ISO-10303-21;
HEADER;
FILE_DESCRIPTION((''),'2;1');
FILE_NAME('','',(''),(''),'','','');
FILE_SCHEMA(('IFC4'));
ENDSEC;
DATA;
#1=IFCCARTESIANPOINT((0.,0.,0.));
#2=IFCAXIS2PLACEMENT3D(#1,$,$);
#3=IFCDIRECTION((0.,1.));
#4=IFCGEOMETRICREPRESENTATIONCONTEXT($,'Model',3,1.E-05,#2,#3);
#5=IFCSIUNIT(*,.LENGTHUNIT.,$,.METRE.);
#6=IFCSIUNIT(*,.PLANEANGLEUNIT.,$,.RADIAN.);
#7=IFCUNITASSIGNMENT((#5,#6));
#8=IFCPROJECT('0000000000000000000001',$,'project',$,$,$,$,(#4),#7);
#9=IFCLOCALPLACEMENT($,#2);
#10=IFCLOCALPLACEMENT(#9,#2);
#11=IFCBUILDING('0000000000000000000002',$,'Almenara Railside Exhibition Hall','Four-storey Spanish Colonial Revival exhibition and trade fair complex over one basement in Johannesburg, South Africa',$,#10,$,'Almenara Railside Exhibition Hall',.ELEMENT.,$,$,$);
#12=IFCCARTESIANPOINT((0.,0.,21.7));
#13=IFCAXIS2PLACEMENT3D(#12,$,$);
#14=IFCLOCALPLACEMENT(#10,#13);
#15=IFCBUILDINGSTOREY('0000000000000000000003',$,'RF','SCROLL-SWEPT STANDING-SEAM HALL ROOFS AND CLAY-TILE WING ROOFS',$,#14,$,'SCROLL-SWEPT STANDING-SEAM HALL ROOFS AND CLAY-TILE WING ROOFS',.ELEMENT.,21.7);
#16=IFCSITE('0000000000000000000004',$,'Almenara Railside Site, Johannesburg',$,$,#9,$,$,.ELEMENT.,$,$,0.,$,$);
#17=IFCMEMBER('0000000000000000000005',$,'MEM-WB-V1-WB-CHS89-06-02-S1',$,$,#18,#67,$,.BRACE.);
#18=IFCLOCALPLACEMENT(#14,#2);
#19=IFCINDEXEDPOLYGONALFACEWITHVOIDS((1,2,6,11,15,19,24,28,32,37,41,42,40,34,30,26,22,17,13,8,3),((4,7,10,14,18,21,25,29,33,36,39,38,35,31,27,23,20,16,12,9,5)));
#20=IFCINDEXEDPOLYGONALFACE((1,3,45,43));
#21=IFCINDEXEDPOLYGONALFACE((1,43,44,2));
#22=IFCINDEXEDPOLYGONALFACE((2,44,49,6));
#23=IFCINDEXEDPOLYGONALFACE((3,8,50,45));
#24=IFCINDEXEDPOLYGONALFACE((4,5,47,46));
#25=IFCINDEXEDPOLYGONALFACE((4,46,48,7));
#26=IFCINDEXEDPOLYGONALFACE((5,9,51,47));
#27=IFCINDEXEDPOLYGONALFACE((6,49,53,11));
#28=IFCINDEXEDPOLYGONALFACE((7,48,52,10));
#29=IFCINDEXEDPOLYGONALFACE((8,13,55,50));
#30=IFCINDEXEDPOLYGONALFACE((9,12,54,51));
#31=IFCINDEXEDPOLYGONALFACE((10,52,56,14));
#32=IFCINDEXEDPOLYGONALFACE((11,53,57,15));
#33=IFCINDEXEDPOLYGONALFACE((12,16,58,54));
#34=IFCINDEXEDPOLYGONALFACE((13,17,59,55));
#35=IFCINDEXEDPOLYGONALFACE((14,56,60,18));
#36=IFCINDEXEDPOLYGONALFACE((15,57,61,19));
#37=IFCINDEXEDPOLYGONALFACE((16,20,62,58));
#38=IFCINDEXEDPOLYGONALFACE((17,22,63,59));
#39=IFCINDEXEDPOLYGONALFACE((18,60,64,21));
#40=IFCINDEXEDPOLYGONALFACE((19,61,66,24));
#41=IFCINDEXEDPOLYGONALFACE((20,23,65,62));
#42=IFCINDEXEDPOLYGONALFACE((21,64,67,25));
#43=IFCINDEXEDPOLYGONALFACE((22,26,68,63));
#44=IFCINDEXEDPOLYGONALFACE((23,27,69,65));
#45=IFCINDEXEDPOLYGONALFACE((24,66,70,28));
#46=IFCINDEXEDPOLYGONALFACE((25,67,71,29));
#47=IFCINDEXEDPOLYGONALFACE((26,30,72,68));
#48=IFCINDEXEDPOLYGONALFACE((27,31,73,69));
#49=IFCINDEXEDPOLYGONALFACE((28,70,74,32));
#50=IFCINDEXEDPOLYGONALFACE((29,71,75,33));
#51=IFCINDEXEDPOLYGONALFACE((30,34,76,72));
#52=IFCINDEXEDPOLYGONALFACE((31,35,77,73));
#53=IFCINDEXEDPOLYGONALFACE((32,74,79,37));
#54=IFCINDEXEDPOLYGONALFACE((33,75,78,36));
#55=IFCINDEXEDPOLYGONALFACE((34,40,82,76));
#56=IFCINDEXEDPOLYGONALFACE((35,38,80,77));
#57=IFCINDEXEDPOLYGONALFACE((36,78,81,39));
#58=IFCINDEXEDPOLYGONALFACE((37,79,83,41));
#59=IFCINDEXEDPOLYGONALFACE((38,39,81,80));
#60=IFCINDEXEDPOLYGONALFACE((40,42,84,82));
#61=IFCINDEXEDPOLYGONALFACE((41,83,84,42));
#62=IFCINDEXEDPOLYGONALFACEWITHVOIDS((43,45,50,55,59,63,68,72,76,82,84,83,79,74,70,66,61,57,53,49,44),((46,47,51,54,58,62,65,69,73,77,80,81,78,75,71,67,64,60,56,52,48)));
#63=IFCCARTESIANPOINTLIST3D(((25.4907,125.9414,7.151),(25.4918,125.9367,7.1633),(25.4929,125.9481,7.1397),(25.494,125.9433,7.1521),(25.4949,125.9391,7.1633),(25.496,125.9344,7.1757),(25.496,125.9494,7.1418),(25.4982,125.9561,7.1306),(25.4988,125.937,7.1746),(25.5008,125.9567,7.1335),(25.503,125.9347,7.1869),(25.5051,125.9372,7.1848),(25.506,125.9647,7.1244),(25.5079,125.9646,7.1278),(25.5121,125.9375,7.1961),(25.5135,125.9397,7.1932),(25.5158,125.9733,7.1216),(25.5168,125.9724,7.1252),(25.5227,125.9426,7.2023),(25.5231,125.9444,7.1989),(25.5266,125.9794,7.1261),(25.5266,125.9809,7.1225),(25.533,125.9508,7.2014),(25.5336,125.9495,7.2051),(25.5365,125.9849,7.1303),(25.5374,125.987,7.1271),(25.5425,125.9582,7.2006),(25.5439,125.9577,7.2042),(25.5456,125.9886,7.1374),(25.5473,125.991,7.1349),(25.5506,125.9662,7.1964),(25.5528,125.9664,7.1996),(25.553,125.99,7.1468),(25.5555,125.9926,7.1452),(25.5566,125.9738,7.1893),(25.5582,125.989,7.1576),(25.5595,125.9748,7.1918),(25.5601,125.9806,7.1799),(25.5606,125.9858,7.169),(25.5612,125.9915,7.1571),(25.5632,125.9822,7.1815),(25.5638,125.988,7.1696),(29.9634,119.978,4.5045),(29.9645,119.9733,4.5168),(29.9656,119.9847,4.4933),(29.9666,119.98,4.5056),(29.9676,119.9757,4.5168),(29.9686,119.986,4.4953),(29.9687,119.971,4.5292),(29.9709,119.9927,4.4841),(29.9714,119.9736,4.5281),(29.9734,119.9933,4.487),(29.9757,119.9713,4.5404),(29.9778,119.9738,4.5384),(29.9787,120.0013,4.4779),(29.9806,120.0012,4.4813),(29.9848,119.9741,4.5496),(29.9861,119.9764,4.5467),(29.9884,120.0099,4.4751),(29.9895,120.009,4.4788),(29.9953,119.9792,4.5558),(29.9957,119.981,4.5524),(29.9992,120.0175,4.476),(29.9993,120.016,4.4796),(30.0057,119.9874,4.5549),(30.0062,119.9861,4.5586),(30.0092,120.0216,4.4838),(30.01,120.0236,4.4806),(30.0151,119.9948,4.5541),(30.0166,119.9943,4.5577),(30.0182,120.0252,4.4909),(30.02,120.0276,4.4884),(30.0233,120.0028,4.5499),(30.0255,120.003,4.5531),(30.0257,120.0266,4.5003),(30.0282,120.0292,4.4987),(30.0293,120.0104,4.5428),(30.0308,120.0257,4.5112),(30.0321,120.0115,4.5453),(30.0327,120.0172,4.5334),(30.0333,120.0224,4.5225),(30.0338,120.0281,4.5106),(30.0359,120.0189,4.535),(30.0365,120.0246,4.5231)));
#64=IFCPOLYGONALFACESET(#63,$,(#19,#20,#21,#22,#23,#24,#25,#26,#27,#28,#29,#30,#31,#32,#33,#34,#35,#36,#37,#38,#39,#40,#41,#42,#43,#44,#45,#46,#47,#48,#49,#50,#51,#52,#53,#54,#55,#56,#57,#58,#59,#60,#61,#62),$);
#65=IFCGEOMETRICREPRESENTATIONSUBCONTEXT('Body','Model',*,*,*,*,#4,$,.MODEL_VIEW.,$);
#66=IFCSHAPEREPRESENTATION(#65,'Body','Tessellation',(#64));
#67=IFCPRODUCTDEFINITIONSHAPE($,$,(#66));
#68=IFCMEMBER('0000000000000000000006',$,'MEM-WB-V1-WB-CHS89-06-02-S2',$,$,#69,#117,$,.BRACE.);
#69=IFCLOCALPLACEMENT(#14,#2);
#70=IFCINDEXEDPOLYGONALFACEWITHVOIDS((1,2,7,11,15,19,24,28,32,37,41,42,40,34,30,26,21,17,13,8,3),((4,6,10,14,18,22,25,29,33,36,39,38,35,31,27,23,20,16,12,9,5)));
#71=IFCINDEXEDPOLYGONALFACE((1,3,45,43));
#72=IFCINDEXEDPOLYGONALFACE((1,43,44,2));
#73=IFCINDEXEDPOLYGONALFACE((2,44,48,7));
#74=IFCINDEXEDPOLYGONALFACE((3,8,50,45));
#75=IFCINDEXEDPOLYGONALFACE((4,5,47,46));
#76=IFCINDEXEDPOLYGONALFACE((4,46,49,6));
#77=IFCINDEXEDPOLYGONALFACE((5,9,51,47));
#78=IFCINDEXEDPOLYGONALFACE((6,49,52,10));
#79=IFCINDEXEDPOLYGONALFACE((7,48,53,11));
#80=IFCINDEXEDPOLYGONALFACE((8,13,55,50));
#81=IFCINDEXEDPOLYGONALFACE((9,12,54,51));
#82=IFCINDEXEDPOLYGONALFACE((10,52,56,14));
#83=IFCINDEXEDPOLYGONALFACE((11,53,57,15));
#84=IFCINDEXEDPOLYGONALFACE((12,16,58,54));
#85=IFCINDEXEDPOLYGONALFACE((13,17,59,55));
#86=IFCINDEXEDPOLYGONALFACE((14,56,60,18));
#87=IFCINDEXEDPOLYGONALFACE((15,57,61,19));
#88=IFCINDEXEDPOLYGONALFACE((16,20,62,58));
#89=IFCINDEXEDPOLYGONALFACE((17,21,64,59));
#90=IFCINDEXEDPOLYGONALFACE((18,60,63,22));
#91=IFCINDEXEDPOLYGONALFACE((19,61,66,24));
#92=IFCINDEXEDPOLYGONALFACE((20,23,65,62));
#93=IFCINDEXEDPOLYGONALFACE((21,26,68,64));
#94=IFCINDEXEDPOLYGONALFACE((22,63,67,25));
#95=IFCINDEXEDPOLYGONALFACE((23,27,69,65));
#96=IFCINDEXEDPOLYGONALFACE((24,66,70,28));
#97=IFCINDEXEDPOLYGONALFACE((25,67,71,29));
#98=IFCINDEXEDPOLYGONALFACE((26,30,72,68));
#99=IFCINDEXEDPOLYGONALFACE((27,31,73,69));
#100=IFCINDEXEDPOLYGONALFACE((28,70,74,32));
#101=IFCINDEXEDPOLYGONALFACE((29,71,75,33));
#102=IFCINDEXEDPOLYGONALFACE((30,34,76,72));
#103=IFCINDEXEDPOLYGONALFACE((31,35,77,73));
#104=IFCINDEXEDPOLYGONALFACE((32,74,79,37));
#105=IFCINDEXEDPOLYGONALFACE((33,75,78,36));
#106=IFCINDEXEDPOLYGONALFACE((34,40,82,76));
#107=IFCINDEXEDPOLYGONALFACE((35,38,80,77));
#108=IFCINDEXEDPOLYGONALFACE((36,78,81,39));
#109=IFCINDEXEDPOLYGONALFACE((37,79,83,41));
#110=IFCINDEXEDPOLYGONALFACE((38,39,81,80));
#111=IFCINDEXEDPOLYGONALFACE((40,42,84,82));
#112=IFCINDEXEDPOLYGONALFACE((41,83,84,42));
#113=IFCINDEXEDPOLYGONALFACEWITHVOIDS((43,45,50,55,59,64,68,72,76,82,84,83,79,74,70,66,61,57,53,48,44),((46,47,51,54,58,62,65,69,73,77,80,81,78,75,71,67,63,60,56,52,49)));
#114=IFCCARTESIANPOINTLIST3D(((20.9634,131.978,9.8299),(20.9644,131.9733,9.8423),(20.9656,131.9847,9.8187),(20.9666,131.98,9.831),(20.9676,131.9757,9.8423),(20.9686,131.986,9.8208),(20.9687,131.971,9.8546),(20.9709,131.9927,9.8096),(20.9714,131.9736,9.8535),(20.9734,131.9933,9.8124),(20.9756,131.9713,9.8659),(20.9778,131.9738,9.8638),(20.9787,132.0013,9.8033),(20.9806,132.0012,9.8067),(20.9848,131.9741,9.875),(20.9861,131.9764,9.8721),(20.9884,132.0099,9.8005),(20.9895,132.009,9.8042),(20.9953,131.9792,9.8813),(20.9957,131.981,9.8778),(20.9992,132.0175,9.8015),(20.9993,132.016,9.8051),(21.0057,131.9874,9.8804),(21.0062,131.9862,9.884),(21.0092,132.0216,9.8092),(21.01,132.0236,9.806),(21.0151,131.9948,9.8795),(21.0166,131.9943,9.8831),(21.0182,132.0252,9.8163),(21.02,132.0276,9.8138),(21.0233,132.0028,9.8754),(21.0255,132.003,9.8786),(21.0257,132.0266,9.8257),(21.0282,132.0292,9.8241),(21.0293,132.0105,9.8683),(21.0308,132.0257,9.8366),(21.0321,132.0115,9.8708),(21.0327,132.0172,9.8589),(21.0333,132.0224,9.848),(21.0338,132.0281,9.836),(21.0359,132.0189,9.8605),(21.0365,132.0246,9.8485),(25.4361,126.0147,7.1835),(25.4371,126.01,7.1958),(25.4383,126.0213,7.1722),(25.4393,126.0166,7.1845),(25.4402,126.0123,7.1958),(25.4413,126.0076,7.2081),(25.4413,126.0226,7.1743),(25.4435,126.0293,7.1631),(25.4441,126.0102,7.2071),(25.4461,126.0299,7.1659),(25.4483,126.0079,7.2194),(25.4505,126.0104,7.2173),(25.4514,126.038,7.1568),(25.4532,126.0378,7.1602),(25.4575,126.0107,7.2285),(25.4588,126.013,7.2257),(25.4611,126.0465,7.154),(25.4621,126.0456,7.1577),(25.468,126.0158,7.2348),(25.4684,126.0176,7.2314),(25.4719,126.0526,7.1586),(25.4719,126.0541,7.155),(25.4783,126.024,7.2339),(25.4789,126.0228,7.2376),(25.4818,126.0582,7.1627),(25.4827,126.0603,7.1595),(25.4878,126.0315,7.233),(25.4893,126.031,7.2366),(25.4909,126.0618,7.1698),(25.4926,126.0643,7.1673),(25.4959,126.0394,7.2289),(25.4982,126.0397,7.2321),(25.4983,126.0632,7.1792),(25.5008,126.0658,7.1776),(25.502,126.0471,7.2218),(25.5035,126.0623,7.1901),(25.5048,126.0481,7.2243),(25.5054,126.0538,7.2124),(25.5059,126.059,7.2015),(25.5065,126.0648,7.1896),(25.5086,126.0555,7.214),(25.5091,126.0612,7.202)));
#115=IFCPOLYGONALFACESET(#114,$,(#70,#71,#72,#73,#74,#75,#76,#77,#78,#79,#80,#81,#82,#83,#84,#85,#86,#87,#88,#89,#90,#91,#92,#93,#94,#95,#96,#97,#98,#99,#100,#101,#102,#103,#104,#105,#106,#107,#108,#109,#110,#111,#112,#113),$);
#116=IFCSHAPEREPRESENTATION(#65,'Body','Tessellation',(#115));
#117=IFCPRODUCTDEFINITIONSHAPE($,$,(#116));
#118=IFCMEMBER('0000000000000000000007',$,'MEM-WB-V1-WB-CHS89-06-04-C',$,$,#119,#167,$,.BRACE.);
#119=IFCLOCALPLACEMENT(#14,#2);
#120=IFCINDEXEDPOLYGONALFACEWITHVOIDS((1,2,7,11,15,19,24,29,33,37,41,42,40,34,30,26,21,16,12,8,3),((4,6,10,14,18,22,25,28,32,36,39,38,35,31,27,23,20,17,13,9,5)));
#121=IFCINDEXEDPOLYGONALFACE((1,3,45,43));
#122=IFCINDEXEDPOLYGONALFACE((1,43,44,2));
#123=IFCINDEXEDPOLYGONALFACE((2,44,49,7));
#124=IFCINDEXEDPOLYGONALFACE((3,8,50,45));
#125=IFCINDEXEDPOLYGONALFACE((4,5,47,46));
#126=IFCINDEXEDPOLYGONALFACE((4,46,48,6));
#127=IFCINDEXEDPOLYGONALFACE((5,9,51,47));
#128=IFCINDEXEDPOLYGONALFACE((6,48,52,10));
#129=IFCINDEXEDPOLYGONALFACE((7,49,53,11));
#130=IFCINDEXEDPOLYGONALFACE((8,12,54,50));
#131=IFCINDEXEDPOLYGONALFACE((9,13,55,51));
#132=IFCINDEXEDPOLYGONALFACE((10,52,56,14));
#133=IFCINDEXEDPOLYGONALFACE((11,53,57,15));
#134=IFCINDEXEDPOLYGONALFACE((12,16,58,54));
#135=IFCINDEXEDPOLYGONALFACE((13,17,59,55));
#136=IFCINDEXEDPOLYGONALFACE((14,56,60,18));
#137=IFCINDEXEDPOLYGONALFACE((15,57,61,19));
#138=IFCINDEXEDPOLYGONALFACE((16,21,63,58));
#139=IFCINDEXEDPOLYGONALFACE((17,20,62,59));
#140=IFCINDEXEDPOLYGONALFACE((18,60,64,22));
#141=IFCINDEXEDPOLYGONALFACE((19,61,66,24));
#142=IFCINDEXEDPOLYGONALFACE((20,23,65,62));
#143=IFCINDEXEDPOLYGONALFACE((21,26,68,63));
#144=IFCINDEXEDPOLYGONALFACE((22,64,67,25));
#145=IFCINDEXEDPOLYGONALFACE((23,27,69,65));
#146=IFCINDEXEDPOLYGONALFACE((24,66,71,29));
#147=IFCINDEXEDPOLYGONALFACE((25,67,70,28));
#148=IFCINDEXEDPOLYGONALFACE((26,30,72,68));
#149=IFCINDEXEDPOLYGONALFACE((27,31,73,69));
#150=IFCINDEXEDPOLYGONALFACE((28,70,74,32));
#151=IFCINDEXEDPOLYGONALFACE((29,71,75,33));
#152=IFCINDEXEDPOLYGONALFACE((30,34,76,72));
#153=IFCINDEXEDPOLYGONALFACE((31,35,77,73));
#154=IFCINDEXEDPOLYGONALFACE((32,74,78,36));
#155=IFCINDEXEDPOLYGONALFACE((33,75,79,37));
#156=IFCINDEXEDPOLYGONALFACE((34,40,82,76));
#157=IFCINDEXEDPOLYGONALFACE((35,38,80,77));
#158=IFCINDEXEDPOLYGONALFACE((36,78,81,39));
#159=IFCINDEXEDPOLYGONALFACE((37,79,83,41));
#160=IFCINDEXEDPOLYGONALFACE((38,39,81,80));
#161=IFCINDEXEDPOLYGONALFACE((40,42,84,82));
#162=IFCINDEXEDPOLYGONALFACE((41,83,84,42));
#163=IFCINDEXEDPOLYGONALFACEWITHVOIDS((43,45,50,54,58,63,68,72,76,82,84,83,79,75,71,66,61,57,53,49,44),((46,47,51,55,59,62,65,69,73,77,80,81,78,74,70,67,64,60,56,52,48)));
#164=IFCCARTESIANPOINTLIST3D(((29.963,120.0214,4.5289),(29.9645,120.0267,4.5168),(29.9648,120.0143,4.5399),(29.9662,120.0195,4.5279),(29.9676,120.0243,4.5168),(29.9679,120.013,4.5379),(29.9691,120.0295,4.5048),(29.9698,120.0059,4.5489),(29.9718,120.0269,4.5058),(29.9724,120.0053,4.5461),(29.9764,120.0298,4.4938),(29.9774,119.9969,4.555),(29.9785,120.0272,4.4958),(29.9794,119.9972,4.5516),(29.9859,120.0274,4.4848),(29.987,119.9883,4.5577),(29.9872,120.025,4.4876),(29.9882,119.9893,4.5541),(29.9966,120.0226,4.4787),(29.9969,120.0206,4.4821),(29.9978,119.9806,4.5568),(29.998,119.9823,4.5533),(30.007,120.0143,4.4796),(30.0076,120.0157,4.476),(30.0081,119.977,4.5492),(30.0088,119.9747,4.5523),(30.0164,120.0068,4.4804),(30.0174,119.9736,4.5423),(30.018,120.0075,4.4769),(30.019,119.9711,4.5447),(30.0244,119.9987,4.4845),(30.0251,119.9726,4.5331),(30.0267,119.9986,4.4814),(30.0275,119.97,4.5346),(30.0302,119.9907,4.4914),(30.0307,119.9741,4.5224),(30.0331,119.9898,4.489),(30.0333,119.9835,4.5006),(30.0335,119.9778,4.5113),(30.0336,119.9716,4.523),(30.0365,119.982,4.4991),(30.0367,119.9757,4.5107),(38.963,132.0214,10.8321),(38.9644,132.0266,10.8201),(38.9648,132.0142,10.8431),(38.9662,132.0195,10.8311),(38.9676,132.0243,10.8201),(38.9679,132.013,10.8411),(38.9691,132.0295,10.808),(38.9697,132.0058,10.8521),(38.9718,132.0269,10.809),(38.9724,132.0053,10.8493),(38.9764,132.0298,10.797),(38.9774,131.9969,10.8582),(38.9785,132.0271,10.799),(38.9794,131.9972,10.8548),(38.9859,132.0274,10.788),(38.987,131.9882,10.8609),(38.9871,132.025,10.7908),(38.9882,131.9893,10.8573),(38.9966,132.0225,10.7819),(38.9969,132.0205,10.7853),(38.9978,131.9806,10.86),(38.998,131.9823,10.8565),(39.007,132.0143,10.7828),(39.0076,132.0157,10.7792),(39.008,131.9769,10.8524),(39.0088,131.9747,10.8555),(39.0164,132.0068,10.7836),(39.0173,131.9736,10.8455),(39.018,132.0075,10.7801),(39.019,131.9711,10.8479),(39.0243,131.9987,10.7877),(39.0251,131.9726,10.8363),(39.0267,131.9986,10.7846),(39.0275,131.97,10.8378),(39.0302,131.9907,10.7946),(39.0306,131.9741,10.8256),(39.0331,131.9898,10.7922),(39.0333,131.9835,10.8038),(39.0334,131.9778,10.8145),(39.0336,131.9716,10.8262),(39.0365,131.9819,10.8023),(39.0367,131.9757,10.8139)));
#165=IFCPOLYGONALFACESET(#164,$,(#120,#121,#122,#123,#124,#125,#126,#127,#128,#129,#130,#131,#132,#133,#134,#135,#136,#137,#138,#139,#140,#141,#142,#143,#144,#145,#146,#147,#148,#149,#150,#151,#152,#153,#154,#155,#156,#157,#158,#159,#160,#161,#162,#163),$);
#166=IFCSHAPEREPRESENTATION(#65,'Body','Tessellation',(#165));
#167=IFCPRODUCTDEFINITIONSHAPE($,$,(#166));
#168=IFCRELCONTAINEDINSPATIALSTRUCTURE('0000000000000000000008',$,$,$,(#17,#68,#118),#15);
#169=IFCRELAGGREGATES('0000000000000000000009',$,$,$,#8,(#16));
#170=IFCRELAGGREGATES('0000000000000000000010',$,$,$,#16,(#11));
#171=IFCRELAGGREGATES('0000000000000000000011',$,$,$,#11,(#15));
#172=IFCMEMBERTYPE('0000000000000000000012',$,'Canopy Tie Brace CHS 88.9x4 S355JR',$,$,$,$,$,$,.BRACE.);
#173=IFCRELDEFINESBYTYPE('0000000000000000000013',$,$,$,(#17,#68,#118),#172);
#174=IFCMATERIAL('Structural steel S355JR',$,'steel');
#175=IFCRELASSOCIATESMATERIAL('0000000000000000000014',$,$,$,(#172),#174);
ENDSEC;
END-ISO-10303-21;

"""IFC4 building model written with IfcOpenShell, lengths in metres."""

from ifc_helpers import new_model, si_unit, direction, frame, origin, origin_2d, place, context, subcontext, project, spatial, hollow_circle, extrude, material, material_profile, profile_set, type_object, element, save


model = new_model("IFC4")

# Units and contexts
model_context = context("Model", 3, precision=1e-05, world=origin(), true_north=direction((0.0, 1.0)))
body_context = subcontext(model_context, "Body", "Model", "MODEL_VIEW")
ifc_project = project(units=[si_unit("LENGTHUNIT", "METRE"), si_unit("PLANEANGLEUNIT", "RADIAN")], contexts=[model_context])

# Site, building, storey
site_placement = place(None, origin())
site = spatial("IfcSite", under=ifc_project, at=site_placement, Name="Almenara Railside Site, Johannesburg", CompositionType="ELEMENT", RefElevation=0.0)
building_placement = place(site_placement, origin())
building = spatial("IfcBuilding", under=site, at=building_placement, Name="Almenara Railside Exhibition Hall", Description="Four-storey Spanish Colonial Revival exhibition and trade fair complex over one basement in Johannesburg, South Africa", LongName="Almenara Railside Exhibition Hall", CompositionType="ELEMENT")
storey_placement = place(building_placement, frame((0.0, 0.0, 21.7)))
storey = spatial("IfcBuildingStorey", under=building, at=storey_placement, Name="RF", Description="SCROLL-SWEPT STANDING-SEAM HALL ROOFS AND CLAY-TILE WING ROOFS", LongName="SCROLL-SWEPT STANDING-SEAM HALL ROOFS AND CLAY-TILE WING ROOFS", CompositionType="ELEMENT", Elevation=21.7)

# Members
ifc_material_1 = material(Name="Structural steel S355JR", Category="steel")
ifc_material_profile_1 = material_profile(ifc_material_1, hollow_circle(Radius=0.0444, WallThickness=0.0039, at=origin_2d()), Name="CHS 88.9x4")
ifc_profile_set_1 = profile_set([ifc_material_profile_1], Name="Structural steel S355JR")
member_type_1 = type_object("IfcMemberType", Name="Canopy Tie Brace CHS 88.9x4 S355JR", PredefinedType="BRACE", material=ifc_profile_set_1)
for number, where, z_axis, x_axis, name in (
    (1, (30.0, 120.0, 4.5168), (-0.565433, 0.75389, 0.334568), (-0.799992, -0.60001, 0.0), "MEM-WB-V1-WB-CHS89-06-02-S1"),
    (2, (25.4727, 126.0366, 7.1958), (-0.565433, 0.75389, 0.334568), (-0.799992, -0.60001, 0.0), "MEM-WB-V1-WB-CHS89-06-02-S2"),
):
    element("IfcMember", number, at=place(storey_placement, frame(where, z_axis=z_axis, x_axis=x_axis)), inside=storey, type_object=member_type_1, Name=name, PredefinedType="BRACE", context=body_context, shape_type="SweptSolid", body=[
        extrude(hollow_circle(Radius=0.0444, WallThickness=0.0039, at=origin_2d()), origin(), (0.0, 0.0, 1.0), 7.9102),
    ])
member_1_placement = place(storey_placement, frame((30.0, 120.0, 4.5168), z_axis=(0.553147, 0.737529, 0.387401), x_axis=(-0.8, 0.6, 0.0)))
element("IfcMember", 3, at=member_1_placement, inside=storey, type_object=member_type_1, Name="MEM-WB-V1-WB-CHS89-06-04-C", PredefinedType="BRACE", context=body_context, shape_type="SweptSolid", body=[
    extrude(hollow_circle(Radius=0.0444, WallThickness=0.0039, at=origin_2d()), origin(), (0.0, 0.0, 1.0), 16.2705),
])

save(model, "model.ifc")
